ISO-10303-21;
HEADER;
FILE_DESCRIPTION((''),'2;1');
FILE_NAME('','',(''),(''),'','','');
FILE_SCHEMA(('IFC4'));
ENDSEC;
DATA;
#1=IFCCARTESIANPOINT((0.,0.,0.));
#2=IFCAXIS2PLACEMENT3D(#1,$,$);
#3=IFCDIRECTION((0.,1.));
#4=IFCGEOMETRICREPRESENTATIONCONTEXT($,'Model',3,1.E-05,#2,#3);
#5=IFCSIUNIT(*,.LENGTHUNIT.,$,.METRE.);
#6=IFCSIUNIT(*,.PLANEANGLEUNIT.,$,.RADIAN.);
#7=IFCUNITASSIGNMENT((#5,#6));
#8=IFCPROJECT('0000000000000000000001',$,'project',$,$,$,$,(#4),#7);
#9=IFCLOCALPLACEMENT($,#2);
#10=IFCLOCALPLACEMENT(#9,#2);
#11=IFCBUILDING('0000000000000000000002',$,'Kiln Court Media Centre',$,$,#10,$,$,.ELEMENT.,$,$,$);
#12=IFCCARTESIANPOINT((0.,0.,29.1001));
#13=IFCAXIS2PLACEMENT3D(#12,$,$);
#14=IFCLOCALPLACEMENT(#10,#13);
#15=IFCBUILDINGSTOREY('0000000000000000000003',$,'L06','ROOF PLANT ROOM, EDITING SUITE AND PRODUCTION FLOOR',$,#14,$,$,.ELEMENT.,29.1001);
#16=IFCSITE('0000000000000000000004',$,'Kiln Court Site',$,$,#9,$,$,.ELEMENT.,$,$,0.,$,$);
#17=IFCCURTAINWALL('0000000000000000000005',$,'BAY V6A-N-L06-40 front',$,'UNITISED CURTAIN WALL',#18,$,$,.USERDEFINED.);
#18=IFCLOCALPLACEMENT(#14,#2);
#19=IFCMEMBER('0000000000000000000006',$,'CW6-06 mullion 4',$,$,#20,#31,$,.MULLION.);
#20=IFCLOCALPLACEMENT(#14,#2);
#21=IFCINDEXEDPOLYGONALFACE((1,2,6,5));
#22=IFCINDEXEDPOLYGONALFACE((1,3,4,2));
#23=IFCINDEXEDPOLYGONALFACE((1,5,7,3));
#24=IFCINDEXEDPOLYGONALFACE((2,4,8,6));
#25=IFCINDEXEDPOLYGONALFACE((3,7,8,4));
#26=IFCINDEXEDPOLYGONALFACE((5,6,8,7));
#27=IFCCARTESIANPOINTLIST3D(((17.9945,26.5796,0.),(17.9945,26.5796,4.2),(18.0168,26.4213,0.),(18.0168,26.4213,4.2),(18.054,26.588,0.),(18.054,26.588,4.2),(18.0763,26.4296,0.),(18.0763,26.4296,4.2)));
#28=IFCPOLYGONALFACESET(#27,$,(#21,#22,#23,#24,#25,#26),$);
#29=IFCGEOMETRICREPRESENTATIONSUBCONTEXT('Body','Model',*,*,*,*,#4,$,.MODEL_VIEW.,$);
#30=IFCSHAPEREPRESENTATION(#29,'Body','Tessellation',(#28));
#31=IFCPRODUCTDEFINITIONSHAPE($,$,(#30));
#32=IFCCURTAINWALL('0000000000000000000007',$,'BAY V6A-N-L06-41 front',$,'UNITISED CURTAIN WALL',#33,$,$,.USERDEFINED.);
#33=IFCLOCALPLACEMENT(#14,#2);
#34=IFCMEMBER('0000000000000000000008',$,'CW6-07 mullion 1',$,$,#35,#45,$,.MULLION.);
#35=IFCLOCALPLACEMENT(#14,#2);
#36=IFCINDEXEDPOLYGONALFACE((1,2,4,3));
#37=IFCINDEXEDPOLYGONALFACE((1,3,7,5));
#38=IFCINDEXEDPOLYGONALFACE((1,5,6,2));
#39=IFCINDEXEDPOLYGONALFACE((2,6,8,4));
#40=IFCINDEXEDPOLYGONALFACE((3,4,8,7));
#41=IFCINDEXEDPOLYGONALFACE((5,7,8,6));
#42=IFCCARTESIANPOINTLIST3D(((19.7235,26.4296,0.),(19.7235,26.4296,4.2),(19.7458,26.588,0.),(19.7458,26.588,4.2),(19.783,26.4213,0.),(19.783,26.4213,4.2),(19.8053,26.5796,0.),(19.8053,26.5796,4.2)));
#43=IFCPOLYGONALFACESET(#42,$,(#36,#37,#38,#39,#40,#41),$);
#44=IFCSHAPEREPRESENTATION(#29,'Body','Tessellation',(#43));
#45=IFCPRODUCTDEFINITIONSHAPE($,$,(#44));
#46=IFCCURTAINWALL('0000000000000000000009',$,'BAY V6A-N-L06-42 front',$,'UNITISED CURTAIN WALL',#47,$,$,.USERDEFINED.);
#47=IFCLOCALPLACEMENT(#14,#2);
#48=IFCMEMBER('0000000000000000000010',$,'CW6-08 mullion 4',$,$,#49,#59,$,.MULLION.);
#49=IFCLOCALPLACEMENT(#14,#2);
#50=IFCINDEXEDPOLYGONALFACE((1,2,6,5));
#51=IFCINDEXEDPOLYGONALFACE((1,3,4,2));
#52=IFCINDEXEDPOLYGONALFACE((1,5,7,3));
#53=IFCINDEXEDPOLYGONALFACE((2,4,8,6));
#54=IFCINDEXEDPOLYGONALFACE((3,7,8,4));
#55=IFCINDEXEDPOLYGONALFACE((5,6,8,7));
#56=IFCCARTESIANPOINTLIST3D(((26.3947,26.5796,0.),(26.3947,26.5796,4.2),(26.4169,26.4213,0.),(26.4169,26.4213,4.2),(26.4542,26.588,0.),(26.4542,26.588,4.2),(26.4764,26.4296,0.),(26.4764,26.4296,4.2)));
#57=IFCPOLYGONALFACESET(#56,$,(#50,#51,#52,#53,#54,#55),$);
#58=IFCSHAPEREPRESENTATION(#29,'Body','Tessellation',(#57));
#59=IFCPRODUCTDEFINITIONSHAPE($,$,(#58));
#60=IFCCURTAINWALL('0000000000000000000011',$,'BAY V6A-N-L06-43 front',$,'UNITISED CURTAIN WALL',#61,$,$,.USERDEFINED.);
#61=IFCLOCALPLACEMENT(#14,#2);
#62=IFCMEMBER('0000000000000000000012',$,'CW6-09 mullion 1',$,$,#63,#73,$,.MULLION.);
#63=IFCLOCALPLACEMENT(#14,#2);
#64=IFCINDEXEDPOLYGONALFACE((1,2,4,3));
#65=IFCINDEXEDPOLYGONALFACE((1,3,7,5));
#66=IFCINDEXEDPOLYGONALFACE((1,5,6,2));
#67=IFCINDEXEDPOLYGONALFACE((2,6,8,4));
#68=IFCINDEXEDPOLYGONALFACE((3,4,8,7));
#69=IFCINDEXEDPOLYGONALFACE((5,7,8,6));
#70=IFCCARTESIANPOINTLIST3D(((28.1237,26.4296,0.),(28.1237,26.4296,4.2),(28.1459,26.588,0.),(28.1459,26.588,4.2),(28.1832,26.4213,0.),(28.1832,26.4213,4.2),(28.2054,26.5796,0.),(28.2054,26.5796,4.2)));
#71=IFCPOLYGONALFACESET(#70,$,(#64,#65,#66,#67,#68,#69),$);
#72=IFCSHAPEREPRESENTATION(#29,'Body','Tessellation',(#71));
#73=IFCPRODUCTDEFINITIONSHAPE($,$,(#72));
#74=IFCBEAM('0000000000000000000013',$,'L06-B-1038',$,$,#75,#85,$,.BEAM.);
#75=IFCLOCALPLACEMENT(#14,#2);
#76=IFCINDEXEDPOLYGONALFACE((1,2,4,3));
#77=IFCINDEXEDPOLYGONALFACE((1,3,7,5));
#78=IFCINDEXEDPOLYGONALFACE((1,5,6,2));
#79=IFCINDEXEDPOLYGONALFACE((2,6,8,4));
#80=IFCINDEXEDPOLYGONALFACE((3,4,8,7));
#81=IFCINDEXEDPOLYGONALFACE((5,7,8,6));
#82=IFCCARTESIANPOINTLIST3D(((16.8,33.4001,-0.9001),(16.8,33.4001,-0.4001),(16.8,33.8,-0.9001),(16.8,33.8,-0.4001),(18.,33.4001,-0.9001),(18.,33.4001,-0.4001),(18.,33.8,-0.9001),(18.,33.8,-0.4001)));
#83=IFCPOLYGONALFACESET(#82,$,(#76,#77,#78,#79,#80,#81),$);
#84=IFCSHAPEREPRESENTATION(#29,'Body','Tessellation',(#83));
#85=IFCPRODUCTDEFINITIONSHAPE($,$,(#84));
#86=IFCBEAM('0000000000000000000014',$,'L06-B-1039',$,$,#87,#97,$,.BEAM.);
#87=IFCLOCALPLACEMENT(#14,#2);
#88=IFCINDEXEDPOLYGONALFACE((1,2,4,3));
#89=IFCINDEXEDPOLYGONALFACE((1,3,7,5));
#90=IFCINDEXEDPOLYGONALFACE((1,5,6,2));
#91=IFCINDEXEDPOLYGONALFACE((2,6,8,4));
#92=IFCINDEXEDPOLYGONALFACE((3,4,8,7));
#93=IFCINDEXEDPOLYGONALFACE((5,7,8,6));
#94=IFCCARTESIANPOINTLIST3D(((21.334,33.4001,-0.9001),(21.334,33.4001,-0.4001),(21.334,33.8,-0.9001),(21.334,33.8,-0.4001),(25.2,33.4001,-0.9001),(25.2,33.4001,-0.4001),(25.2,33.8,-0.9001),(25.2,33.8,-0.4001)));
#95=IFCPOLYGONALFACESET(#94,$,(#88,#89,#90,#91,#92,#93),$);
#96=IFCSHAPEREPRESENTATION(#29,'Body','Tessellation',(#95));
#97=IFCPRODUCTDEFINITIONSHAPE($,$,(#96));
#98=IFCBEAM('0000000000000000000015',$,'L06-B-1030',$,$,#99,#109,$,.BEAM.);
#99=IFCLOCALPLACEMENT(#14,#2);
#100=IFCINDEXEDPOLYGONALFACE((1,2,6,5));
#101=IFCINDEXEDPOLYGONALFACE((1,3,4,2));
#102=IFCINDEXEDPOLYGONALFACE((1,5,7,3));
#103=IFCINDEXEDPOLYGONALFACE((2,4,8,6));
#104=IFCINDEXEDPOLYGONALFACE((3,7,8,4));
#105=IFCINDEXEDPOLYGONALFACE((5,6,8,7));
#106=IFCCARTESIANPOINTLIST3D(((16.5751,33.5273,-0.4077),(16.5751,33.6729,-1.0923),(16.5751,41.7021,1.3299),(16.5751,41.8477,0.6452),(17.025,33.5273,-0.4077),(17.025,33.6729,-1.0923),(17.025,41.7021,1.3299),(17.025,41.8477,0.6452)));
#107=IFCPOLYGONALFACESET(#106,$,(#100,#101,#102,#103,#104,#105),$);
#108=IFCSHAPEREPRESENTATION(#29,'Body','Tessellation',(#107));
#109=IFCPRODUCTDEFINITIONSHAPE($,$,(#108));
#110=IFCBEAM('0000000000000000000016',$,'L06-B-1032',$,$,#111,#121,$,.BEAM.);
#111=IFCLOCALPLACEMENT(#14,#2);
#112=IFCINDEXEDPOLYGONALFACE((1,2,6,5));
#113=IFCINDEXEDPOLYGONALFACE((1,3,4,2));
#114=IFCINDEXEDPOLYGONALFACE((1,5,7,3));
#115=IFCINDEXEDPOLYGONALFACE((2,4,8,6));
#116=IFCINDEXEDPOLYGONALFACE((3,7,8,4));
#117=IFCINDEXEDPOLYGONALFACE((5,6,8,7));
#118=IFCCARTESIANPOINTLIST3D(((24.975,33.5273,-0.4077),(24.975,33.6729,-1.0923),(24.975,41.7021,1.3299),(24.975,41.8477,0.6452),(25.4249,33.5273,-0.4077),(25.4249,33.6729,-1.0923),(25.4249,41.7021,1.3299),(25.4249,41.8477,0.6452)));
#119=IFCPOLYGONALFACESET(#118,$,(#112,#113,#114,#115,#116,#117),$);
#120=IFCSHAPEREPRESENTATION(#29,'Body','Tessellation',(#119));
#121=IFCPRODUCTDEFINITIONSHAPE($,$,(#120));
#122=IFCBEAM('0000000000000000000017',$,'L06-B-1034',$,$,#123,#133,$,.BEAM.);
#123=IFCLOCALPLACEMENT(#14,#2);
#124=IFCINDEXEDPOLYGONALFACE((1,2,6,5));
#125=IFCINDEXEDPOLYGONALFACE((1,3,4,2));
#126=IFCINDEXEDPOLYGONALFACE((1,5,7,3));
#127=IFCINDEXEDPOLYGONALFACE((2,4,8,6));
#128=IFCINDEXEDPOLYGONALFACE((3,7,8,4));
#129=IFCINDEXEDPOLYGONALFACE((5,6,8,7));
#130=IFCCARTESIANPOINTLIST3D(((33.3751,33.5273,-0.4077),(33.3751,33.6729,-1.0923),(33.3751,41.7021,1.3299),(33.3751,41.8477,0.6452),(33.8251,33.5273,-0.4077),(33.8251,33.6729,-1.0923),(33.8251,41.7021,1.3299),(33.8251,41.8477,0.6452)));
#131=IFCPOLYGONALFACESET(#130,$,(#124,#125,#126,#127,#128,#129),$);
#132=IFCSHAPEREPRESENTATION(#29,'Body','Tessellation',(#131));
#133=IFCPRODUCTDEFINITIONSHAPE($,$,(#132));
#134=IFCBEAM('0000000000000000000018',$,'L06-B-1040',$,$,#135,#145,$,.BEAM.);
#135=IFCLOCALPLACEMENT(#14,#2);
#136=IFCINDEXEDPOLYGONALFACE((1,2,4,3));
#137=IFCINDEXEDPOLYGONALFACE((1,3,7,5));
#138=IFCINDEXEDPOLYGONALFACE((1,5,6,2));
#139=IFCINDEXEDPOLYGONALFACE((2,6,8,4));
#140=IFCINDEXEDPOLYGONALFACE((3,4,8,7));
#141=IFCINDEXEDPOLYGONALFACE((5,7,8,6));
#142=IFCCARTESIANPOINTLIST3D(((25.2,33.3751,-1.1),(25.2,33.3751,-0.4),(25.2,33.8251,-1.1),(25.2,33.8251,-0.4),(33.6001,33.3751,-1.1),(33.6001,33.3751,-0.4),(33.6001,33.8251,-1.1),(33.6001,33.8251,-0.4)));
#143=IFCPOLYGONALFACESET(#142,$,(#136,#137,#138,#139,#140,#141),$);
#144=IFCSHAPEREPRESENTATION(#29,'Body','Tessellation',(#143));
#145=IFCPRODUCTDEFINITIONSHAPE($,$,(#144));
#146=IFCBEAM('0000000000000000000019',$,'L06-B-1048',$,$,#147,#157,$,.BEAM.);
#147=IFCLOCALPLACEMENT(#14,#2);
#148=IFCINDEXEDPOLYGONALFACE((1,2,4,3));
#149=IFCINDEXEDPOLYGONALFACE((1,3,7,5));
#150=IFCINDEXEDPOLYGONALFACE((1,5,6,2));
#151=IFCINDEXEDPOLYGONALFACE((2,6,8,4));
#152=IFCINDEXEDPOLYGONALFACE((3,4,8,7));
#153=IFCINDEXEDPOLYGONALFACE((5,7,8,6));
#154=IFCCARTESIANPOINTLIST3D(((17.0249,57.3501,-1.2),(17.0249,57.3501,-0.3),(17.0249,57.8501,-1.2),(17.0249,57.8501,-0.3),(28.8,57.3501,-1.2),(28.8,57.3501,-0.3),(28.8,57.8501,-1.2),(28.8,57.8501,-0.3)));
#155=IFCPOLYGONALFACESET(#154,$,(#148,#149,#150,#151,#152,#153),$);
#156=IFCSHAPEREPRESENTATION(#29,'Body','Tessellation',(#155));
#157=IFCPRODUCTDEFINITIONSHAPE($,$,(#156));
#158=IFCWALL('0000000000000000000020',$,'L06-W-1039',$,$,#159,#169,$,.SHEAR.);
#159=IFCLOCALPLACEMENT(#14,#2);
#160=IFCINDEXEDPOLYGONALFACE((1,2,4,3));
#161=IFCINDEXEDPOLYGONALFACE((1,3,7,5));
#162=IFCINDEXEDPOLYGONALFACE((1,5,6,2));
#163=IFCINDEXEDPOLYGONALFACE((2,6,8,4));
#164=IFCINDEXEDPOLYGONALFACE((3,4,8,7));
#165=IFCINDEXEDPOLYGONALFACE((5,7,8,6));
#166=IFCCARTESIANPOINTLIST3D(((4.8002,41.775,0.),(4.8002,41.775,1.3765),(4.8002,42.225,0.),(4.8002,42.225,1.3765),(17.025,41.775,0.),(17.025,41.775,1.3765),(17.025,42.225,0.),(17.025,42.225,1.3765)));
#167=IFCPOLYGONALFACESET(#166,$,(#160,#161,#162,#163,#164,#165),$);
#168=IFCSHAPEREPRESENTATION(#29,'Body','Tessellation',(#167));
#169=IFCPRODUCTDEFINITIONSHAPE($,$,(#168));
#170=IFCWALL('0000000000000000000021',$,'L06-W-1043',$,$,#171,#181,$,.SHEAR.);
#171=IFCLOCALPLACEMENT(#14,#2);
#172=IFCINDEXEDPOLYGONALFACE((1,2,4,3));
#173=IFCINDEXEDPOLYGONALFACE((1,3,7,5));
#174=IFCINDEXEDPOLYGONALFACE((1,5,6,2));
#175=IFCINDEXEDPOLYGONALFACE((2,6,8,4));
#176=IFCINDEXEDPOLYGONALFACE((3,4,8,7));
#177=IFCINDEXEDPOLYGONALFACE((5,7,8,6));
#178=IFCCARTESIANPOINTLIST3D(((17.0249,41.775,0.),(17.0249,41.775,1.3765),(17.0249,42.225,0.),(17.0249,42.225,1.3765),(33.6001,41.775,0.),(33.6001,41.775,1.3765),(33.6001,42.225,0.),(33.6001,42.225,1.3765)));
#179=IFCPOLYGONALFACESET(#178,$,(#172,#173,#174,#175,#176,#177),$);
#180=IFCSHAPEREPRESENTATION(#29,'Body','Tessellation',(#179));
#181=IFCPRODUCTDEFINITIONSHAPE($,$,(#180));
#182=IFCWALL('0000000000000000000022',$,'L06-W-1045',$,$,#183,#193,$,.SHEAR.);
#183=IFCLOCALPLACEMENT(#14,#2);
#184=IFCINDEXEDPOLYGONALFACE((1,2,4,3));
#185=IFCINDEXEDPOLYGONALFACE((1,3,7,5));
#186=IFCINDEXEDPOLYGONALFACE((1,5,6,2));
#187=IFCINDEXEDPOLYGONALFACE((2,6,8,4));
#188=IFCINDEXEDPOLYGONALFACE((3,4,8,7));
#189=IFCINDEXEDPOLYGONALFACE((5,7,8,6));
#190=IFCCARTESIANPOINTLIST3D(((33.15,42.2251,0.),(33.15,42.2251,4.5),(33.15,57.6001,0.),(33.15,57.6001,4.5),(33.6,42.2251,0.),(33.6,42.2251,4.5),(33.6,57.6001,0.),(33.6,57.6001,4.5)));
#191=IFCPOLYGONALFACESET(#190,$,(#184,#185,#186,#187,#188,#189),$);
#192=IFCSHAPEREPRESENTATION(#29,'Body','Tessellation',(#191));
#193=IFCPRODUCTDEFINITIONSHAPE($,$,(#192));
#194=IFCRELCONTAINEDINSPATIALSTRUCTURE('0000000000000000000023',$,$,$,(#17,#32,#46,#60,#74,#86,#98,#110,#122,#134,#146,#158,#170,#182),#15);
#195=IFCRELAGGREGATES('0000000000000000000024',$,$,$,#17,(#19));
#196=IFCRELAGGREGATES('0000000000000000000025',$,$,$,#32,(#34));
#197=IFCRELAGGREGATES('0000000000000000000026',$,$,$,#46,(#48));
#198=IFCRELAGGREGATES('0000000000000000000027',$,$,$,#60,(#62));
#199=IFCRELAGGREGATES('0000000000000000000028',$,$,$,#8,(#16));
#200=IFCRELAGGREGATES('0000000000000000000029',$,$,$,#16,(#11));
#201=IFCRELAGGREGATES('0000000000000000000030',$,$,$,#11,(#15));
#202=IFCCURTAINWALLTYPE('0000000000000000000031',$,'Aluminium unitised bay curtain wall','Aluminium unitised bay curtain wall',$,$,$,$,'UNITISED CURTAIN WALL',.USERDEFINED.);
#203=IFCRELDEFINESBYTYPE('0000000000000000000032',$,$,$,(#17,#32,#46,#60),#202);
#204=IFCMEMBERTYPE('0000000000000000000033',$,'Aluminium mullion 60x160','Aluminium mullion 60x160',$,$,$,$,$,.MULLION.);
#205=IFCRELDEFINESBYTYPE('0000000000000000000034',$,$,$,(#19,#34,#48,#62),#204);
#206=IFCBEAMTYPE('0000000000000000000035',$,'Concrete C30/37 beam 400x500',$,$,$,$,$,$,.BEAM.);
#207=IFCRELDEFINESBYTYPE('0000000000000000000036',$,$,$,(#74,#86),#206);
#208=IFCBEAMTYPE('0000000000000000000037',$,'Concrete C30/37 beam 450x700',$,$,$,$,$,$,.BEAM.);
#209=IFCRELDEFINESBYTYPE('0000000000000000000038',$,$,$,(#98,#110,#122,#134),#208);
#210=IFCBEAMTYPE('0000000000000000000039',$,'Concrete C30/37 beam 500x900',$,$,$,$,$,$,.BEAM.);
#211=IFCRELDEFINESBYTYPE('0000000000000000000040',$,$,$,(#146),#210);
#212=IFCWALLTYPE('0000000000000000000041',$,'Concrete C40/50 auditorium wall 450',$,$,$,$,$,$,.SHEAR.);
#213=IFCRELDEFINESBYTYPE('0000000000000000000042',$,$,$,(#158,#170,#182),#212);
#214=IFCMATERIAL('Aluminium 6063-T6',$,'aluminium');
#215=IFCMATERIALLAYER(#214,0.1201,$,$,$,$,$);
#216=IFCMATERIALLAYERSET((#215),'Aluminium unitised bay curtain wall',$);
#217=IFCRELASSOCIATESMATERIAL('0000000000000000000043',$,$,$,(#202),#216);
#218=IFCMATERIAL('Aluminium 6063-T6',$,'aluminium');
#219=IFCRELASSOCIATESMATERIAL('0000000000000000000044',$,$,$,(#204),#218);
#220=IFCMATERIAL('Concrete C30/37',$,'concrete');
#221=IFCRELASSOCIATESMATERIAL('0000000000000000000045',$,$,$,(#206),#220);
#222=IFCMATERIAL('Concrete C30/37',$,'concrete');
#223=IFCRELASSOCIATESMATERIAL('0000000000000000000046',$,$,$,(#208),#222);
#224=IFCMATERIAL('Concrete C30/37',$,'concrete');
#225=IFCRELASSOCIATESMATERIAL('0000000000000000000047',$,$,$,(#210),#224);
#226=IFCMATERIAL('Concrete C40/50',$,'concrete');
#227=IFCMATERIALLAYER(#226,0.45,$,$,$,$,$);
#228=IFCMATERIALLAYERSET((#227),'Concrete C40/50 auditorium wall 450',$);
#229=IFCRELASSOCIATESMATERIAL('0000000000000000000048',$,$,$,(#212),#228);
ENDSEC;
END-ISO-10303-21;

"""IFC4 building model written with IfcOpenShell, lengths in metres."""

from ifc_helpers import new_model, si_unit, direction, frame, frame_2d, origin, origin_2d, place, context, subcontext, project, spatial, rectangle, extrude, material, layer, layer_set, material_profile, profile_set, type_object, element, aggregate, save


model = new_model("IFC4")

# Units and contexts
model_context = context("Model", 3, precision=1e-05, world=origin(), true_north=direction((0.0, 1.0)))
body_context = subcontext(model_context, "Body", "Model", "MODEL_VIEW")
ifc_project = project(units=[si_unit("LENGTHUNIT", "METRE"), si_unit("PLANEANGLEUNIT", "RADIAN")], contexts=[model_context])

# Site, building, storey
site_placement = place(None, origin())
site = spatial("IfcSite", under=ifc_project, at=site_placement, Name="Kiln Court Site", CompositionType="ELEMENT", RefElevation=0.0)
building_placement = place(site_placement, origin())
building = spatial("IfcBuilding", under=site, at=building_placement, Name="Kiln Court Media Centre", CompositionType="ELEMENT")
storey_placement = place(building_placement, frame((0.0, 0.0, 29.1001)))
storey = spatial("IfcBuildingStorey", under=building, at=storey_placement, Name="L06", Description="ROOF PLANT ROOM, EDITING SUITE AND PRODUCTION FLOOR", CompositionType="ELEMENT", Elevation=29.1001)

# Curtain walls, members
ifc_material_1 = material(Name="Aluminium 6063-T6", Category="aluminium")
ifc_layer_1 = layer(ifc_material_1, 0.1201)
ifc_layer_set_1 = layer_set([ifc_layer_1], Name="Aluminium unitised bay curtain wall")
curtain_wall_type = type_object("IfcCurtainWallType", Name="Aluminium unitised bay curtain wall", Description="Aluminium unitised bay curtain wall", ElementType="UNITISED CURTAIN WALL", PredefinedType="USERDEFINED", material=ifc_layer_set_1)
curtain_wall_1_placement = place(storey_placement, origin())
curtain_wall_1 = element("IfcCurtainWall", 1, at=curtain_wall_1_placement, inside=storey, type_object=curtain_wall_type, Name="BAY V6A-N-L06-40 front", ObjectType="UNITISED CURTAIN WALL", PredefinedType="USERDEFINED")
ifc_material_2 = material(Name="Aluminium 6063-T6", Category="aluminium")
ifc_material_profile_1 = material_profile(ifc_material_2, rectangle(XDim=0.0601, YDim=0.1599, at=origin_2d()), Name="Aluminium mullion 60x160")
ifc_profile_set_1 = profile_set([ifc_material_profile_1], Name="Aluminium 6063-T6")
member_type = type_object("IfcMemberType", Name="Aluminium mullion 60x160", Description="Aluminium mullion 60x160", PredefinedType="MULLION", material=ifc_profile_set_1)
member_1_placement = place(storey_placement, frame((18.0354, 26.5046, 0.0), z_axis=(0.0, 0.0, 1.0), x_axis=(0.99027, 0.139162, 0.0)))
member_1 = element("IfcMember", 2, at=member_1_placement, type_object=member_type, Name="CW6-06 mullion 4", PredefinedType="MULLION", context=body_context, shape_type="SweptSolid", body=[
    extrude(rectangle(XDim=0.0601, YDim=0.1599, at=origin_2d()), origin(), (0.0, 0.0, 1.0), 4.2),
])
aggregate(curtain_wall_1, [member_1])
curtain_wall_2_placement = place(storey_placement, origin())
curtain_wall_2 = element("IfcCurtainWall", 3, at=curtain_wall_2_placement, inside=storey, type_object=curtain_wall_type, Name="BAY V6A-N-L06-41 front", ObjectType="UNITISED CURTAIN WALL", PredefinedType="USERDEFINED")
member_2_placement = place(storey_placement, frame((19.7644, 26.5046, 0.0), z_axis=(0.0, 0.0, 1.0), x_axis=(0.99027, -0.139162, 0.0)))
member_2 = element("IfcMember", 4, at=member_2_placement, type_object=member_type, Name="CW6-07 mullion 1", PredefinedType="MULLION", context=body_context, shape_type="SweptSolid", body=[
    extrude(rectangle(XDim=0.0601, YDim=0.1599, at=origin_2d()), origin(), (0.0, 0.0, 1.0), 4.2),
])
aggregate(curtain_wall_2, [member_2])
curtain_wall_3_placement = place(storey_placement, origin())
curtain_wall_3 = element("IfcCurtainWall", 5, at=curtain_wall_3_placement, inside=storey, type_object=curtain_wall_type, Name="BAY V6A-N-L06-42 front", ObjectType="UNITISED CURTAIN WALL", PredefinedType="USERDEFINED")
member_3_placement = place(storey_placement, frame((26.4355, 26.5046, 0.0), z_axis=(0.0, 0.0, 1.0), x_axis=(0.99027, 0.139162, 0.0)))
member_3 = element("IfcMember", 6, at=member_3_placement, type_object=member_type, Name="CW6-08 mullion 4", PredefinedType="MULLION", context=body_context, shape_type="SweptSolid", body=[
    extrude(rectangle(XDim=0.0601, YDim=0.1599, at=origin_2d()), origin(), (0.0, 0.0, 1.0), 4.2),
])
aggregate(curtain_wall_3, [member_3])
curtain_wall_4_placement = place(storey_placement, origin())
curtain_wall_4 = element("IfcCurtainWall", 7, at=curtain_wall_4_placement, inside=storey, type_object=curtain_wall_type, Name="BAY V6A-N-L06-43 front", ObjectType="UNITISED CURTAIN WALL", PredefinedType="USERDEFINED")
member_4_placement = place(storey_placement, frame((28.1646, 26.5046, 0.0), z_axis=(0.0, 0.0, 1.0), x_axis=(0.99027, -0.139162, 0.0)))
member_4 = element("IfcMember", 8, at=member_4_placement, type_object=member_type, Name="CW6-09 mullion 1", PredefinedType="MULLION", context=body_context, shape_type="SweptSolid", body=[
    extrude(rectangle(XDim=0.0601, YDim=0.1599, at=origin_2d()), origin(), (0.0, 0.0, 1.0), 4.2),
])
aggregate(curtain_wall_4, [member_4])

# Beams
ifc_material_3 = material(Name="Concrete C30/37", Category="concrete")
ifc_material_profile_2 = material_profile(ifc_material_3, rectangle(XDim=0.3999, YDim=0.5, at=origin_2d()), Name="RC 400x500")
ifc_profile_set_2 = profile_set([ifc_material_profile_2], Name="Concrete C30/37")
beam_type_1 = type_object("IfcBeamType", Name="Concrete C30/37 beam 400x500", PredefinedType="BEAM", material=ifc_profile_set_2)
beam_1_placement = place(storey_placement, frame((16.8, 33.6001, -0.6501), z_axis=(1.0, 0.0, 0.0), x_axis=(0.0, 1.0, 0.0)))
element("IfcBeam", 9, at=beam_1_placement, inside=storey, type_object=beam_type_1, Name="L06-B-1038", PredefinedType="BEAM", context=body_context, shape_type="SweptSolid", body=[
    extrude(rectangle(XDim=0.3999, YDim=0.5, at=origin_2d()), origin(), (0.0, 0.0, 1.0), 1.2),
])
beam_2_placement = place(storey_placement, frame((21.334, 33.6001, -0.6501), z_axis=(1.0, 0.0, 0.0), x_axis=(0.0, 1.0, 0.0)))
element("IfcBeam", 10, at=beam_2_placement, inside=storey, type_object=beam_type_1, Name="L06-B-1039", PredefinedType="BEAM", context=body_context, shape_type="SweptSolid", body=[
    extrude(rectangle(XDim=0.3999, YDim=0.5, at=origin_2d()), origin(), (0.0, 0.0, 1.0), 3.866),
])
ifc_material_4 = material(Name="Concrete C30/37", Category="concrete")
ifc_material_profile_3 = material_profile(ifc_material_4, rectangle(XDim=0.45, YDim=0.7, at=origin_2d()), Name="RC 450x700")
ifc_profile_set_3 = profile_set([ifc_material_profile_3], Name="Concrete C30/37")
beam_type_2 = type_object("IfcBeamType", Name="Concrete C30/37 beam 450x700", PredefinedType="BEAM", material=ifc_profile_set_3)
for number, where, z_axis, x_axis, name in (
    (11, (16.8, 33.6001, -0.75), (0.0, 0.978149, 0.207905), (-1.0, 0.0, 0.0), "L06-B-1030"),
    (12, (25.2, 33.6001, -0.75), (0.0, 0.978149, 0.207905), (-1.0, 0.0, 0.0), "L06-B-1032"),
    (13, (33.6001, 33.6001, -0.75), (0.0, 0.978149, 0.207905), (-1.0, 0.0, 0.0), "L06-B-1034"),
):
    element("IfcBeam", number, at=place(storey_placement, frame(where, z_axis=z_axis, x_axis=x_axis)), inside=storey, type_object=beam_type_2, Name=name, PredefinedType="BEAM", context=body_context, shape_type="SweptSolid", body=[
        extrude(rectangle(XDim=0.45, YDim=0.7, at=origin_2d()), origin(), (0.0, 0.0, 1.0), 8.3574),
    ])
beam_3_placement = place(storey_placement, frame((25.2, 33.6001, -0.75), z_axis=(1.0, 0.0, 0.0), x_axis=(0.0, 1.0, 0.0)))
element("IfcBeam", 14, at=beam_3_placement, inside=storey, type_object=beam_type_2, Name="L06-B-1040", PredefinedType="BEAM", context=body_context, shape_type="SweptSolid", body=[
    extrude(rectangle(XDim=0.45, YDim=0.7, at=origin_2d()), origin(), (0.0, 0.0, 1.0), 8.4001),
])
ifc_material_5 = material(Name="Concrete C30/37", Category="concrete")
ifc_material_profile_4 = material_profile(ifc_material_5, rectangle(XDim=0.5, YDim=0.8999, at=origin_2d()), Name="RC 500x900")
ifc_profile_set_4 = profile_set([ifc_material_profile_4], Name="Concrete C30/37")
beam_type_3 = type_object("IfcBeamType", Name="Concrete C30/37 beam 500x900", PredefinedType="BEAM", material=ifc_profile_set_4)
beam_4_placement = place(storey_placement, frame((28.8, 57.6001, -0.75), z_axis=(-1.0, 0.0, 0.0), x_axis=(0.0, -1.0, 0.0)))
element("IfcBeam", 15, at=beam_4_placement, inside=storey, type_object=beam_type_3, Name="L06-B-1048", PredefinedType="BEAM", context=body_context, shape_type="SweptSolid", body=[
    extrude(rectangle(XDim=0.5, YDim=0.8999, at=origin_2d()), origin(), (0.0, 0.0, 1.0), 11.7751),
])

# Walls
ifc_material_6 = material(Name="Concrete C40/50", Category="concrete")
ifc_layer_2 = layer(ifc_material_6, 0.45)
ifc_layer_set_2 = layer_set([ifc_layer_2], Name="Concrete C40/50 auditorium wall 450")
wall_type_1 = type_object("IfcWallType", Name="Concrete C40/50 auditorium wall 450", PredefinedType="SHEAR", material=ifc_layer_set_2)
wall_1_placement = place(storey_placement, frame((17.0249, 42.0, 0.0), z_axis=(0.0, 0.0, 1.0), x_axis=(-1.0, 0.0, 0.0)))
element("IfcWall", 16, at=wall_1_placement, inside=storey, type_object=wall_type_1, Name="L06-W-1039", PredefinedType="SHEAR", context=body_context, shape_type="SweptSolid", body=[
    extrude(rectangle(XDim=12.2249, YDim=0.45, at=frame_2d((6.1123, 0.0))), origin(), (0.0, 0.0, 1.0), 1.3765),
])
wall_2_placement = place(storey_placement, frame((33.6001, 42.0, 0.0), z_axis=(0.0, 0.0, 1.0), x_axis=(-1.0, 0.0, 0.0)))
element("IfcWall", 17, at=wall_2_placement, inside=storey, type_object=wall_type_1, Name="L06-W-1043", PredefinedType="SHEAR", context=body_context, shape_type="SweptSolid", body=[
    extrude(rectangle(XDim=16.5752, YDim=0.45, at=frame_2d((8.2876, 0.0))), origin(), (0.0, 0.0, 1.0), 1.3765),
])
wall_3_placement = place(storey_placement, frame((33.375, 57.6001, 0.0), z_axis=(0.0, 0.0, 1.0), x_axis=(0.0, -1.0, 0.0)))
element("IfcWall", 18, at=wall_3_placement, inside=storey, type_object=wall_type_1, Name="L06-W-1045", PredefinedType="SHEAR", context=body_context, shape_type="SweptSolid", body=[
    extrude(rectangle(XDim=15.375, YDim=0.45, at=frame_2d((7.6875, 0.0))), origin(), (0.0, 0.0, 1.0), 4.5),
])

save(model, "model.ifc")
